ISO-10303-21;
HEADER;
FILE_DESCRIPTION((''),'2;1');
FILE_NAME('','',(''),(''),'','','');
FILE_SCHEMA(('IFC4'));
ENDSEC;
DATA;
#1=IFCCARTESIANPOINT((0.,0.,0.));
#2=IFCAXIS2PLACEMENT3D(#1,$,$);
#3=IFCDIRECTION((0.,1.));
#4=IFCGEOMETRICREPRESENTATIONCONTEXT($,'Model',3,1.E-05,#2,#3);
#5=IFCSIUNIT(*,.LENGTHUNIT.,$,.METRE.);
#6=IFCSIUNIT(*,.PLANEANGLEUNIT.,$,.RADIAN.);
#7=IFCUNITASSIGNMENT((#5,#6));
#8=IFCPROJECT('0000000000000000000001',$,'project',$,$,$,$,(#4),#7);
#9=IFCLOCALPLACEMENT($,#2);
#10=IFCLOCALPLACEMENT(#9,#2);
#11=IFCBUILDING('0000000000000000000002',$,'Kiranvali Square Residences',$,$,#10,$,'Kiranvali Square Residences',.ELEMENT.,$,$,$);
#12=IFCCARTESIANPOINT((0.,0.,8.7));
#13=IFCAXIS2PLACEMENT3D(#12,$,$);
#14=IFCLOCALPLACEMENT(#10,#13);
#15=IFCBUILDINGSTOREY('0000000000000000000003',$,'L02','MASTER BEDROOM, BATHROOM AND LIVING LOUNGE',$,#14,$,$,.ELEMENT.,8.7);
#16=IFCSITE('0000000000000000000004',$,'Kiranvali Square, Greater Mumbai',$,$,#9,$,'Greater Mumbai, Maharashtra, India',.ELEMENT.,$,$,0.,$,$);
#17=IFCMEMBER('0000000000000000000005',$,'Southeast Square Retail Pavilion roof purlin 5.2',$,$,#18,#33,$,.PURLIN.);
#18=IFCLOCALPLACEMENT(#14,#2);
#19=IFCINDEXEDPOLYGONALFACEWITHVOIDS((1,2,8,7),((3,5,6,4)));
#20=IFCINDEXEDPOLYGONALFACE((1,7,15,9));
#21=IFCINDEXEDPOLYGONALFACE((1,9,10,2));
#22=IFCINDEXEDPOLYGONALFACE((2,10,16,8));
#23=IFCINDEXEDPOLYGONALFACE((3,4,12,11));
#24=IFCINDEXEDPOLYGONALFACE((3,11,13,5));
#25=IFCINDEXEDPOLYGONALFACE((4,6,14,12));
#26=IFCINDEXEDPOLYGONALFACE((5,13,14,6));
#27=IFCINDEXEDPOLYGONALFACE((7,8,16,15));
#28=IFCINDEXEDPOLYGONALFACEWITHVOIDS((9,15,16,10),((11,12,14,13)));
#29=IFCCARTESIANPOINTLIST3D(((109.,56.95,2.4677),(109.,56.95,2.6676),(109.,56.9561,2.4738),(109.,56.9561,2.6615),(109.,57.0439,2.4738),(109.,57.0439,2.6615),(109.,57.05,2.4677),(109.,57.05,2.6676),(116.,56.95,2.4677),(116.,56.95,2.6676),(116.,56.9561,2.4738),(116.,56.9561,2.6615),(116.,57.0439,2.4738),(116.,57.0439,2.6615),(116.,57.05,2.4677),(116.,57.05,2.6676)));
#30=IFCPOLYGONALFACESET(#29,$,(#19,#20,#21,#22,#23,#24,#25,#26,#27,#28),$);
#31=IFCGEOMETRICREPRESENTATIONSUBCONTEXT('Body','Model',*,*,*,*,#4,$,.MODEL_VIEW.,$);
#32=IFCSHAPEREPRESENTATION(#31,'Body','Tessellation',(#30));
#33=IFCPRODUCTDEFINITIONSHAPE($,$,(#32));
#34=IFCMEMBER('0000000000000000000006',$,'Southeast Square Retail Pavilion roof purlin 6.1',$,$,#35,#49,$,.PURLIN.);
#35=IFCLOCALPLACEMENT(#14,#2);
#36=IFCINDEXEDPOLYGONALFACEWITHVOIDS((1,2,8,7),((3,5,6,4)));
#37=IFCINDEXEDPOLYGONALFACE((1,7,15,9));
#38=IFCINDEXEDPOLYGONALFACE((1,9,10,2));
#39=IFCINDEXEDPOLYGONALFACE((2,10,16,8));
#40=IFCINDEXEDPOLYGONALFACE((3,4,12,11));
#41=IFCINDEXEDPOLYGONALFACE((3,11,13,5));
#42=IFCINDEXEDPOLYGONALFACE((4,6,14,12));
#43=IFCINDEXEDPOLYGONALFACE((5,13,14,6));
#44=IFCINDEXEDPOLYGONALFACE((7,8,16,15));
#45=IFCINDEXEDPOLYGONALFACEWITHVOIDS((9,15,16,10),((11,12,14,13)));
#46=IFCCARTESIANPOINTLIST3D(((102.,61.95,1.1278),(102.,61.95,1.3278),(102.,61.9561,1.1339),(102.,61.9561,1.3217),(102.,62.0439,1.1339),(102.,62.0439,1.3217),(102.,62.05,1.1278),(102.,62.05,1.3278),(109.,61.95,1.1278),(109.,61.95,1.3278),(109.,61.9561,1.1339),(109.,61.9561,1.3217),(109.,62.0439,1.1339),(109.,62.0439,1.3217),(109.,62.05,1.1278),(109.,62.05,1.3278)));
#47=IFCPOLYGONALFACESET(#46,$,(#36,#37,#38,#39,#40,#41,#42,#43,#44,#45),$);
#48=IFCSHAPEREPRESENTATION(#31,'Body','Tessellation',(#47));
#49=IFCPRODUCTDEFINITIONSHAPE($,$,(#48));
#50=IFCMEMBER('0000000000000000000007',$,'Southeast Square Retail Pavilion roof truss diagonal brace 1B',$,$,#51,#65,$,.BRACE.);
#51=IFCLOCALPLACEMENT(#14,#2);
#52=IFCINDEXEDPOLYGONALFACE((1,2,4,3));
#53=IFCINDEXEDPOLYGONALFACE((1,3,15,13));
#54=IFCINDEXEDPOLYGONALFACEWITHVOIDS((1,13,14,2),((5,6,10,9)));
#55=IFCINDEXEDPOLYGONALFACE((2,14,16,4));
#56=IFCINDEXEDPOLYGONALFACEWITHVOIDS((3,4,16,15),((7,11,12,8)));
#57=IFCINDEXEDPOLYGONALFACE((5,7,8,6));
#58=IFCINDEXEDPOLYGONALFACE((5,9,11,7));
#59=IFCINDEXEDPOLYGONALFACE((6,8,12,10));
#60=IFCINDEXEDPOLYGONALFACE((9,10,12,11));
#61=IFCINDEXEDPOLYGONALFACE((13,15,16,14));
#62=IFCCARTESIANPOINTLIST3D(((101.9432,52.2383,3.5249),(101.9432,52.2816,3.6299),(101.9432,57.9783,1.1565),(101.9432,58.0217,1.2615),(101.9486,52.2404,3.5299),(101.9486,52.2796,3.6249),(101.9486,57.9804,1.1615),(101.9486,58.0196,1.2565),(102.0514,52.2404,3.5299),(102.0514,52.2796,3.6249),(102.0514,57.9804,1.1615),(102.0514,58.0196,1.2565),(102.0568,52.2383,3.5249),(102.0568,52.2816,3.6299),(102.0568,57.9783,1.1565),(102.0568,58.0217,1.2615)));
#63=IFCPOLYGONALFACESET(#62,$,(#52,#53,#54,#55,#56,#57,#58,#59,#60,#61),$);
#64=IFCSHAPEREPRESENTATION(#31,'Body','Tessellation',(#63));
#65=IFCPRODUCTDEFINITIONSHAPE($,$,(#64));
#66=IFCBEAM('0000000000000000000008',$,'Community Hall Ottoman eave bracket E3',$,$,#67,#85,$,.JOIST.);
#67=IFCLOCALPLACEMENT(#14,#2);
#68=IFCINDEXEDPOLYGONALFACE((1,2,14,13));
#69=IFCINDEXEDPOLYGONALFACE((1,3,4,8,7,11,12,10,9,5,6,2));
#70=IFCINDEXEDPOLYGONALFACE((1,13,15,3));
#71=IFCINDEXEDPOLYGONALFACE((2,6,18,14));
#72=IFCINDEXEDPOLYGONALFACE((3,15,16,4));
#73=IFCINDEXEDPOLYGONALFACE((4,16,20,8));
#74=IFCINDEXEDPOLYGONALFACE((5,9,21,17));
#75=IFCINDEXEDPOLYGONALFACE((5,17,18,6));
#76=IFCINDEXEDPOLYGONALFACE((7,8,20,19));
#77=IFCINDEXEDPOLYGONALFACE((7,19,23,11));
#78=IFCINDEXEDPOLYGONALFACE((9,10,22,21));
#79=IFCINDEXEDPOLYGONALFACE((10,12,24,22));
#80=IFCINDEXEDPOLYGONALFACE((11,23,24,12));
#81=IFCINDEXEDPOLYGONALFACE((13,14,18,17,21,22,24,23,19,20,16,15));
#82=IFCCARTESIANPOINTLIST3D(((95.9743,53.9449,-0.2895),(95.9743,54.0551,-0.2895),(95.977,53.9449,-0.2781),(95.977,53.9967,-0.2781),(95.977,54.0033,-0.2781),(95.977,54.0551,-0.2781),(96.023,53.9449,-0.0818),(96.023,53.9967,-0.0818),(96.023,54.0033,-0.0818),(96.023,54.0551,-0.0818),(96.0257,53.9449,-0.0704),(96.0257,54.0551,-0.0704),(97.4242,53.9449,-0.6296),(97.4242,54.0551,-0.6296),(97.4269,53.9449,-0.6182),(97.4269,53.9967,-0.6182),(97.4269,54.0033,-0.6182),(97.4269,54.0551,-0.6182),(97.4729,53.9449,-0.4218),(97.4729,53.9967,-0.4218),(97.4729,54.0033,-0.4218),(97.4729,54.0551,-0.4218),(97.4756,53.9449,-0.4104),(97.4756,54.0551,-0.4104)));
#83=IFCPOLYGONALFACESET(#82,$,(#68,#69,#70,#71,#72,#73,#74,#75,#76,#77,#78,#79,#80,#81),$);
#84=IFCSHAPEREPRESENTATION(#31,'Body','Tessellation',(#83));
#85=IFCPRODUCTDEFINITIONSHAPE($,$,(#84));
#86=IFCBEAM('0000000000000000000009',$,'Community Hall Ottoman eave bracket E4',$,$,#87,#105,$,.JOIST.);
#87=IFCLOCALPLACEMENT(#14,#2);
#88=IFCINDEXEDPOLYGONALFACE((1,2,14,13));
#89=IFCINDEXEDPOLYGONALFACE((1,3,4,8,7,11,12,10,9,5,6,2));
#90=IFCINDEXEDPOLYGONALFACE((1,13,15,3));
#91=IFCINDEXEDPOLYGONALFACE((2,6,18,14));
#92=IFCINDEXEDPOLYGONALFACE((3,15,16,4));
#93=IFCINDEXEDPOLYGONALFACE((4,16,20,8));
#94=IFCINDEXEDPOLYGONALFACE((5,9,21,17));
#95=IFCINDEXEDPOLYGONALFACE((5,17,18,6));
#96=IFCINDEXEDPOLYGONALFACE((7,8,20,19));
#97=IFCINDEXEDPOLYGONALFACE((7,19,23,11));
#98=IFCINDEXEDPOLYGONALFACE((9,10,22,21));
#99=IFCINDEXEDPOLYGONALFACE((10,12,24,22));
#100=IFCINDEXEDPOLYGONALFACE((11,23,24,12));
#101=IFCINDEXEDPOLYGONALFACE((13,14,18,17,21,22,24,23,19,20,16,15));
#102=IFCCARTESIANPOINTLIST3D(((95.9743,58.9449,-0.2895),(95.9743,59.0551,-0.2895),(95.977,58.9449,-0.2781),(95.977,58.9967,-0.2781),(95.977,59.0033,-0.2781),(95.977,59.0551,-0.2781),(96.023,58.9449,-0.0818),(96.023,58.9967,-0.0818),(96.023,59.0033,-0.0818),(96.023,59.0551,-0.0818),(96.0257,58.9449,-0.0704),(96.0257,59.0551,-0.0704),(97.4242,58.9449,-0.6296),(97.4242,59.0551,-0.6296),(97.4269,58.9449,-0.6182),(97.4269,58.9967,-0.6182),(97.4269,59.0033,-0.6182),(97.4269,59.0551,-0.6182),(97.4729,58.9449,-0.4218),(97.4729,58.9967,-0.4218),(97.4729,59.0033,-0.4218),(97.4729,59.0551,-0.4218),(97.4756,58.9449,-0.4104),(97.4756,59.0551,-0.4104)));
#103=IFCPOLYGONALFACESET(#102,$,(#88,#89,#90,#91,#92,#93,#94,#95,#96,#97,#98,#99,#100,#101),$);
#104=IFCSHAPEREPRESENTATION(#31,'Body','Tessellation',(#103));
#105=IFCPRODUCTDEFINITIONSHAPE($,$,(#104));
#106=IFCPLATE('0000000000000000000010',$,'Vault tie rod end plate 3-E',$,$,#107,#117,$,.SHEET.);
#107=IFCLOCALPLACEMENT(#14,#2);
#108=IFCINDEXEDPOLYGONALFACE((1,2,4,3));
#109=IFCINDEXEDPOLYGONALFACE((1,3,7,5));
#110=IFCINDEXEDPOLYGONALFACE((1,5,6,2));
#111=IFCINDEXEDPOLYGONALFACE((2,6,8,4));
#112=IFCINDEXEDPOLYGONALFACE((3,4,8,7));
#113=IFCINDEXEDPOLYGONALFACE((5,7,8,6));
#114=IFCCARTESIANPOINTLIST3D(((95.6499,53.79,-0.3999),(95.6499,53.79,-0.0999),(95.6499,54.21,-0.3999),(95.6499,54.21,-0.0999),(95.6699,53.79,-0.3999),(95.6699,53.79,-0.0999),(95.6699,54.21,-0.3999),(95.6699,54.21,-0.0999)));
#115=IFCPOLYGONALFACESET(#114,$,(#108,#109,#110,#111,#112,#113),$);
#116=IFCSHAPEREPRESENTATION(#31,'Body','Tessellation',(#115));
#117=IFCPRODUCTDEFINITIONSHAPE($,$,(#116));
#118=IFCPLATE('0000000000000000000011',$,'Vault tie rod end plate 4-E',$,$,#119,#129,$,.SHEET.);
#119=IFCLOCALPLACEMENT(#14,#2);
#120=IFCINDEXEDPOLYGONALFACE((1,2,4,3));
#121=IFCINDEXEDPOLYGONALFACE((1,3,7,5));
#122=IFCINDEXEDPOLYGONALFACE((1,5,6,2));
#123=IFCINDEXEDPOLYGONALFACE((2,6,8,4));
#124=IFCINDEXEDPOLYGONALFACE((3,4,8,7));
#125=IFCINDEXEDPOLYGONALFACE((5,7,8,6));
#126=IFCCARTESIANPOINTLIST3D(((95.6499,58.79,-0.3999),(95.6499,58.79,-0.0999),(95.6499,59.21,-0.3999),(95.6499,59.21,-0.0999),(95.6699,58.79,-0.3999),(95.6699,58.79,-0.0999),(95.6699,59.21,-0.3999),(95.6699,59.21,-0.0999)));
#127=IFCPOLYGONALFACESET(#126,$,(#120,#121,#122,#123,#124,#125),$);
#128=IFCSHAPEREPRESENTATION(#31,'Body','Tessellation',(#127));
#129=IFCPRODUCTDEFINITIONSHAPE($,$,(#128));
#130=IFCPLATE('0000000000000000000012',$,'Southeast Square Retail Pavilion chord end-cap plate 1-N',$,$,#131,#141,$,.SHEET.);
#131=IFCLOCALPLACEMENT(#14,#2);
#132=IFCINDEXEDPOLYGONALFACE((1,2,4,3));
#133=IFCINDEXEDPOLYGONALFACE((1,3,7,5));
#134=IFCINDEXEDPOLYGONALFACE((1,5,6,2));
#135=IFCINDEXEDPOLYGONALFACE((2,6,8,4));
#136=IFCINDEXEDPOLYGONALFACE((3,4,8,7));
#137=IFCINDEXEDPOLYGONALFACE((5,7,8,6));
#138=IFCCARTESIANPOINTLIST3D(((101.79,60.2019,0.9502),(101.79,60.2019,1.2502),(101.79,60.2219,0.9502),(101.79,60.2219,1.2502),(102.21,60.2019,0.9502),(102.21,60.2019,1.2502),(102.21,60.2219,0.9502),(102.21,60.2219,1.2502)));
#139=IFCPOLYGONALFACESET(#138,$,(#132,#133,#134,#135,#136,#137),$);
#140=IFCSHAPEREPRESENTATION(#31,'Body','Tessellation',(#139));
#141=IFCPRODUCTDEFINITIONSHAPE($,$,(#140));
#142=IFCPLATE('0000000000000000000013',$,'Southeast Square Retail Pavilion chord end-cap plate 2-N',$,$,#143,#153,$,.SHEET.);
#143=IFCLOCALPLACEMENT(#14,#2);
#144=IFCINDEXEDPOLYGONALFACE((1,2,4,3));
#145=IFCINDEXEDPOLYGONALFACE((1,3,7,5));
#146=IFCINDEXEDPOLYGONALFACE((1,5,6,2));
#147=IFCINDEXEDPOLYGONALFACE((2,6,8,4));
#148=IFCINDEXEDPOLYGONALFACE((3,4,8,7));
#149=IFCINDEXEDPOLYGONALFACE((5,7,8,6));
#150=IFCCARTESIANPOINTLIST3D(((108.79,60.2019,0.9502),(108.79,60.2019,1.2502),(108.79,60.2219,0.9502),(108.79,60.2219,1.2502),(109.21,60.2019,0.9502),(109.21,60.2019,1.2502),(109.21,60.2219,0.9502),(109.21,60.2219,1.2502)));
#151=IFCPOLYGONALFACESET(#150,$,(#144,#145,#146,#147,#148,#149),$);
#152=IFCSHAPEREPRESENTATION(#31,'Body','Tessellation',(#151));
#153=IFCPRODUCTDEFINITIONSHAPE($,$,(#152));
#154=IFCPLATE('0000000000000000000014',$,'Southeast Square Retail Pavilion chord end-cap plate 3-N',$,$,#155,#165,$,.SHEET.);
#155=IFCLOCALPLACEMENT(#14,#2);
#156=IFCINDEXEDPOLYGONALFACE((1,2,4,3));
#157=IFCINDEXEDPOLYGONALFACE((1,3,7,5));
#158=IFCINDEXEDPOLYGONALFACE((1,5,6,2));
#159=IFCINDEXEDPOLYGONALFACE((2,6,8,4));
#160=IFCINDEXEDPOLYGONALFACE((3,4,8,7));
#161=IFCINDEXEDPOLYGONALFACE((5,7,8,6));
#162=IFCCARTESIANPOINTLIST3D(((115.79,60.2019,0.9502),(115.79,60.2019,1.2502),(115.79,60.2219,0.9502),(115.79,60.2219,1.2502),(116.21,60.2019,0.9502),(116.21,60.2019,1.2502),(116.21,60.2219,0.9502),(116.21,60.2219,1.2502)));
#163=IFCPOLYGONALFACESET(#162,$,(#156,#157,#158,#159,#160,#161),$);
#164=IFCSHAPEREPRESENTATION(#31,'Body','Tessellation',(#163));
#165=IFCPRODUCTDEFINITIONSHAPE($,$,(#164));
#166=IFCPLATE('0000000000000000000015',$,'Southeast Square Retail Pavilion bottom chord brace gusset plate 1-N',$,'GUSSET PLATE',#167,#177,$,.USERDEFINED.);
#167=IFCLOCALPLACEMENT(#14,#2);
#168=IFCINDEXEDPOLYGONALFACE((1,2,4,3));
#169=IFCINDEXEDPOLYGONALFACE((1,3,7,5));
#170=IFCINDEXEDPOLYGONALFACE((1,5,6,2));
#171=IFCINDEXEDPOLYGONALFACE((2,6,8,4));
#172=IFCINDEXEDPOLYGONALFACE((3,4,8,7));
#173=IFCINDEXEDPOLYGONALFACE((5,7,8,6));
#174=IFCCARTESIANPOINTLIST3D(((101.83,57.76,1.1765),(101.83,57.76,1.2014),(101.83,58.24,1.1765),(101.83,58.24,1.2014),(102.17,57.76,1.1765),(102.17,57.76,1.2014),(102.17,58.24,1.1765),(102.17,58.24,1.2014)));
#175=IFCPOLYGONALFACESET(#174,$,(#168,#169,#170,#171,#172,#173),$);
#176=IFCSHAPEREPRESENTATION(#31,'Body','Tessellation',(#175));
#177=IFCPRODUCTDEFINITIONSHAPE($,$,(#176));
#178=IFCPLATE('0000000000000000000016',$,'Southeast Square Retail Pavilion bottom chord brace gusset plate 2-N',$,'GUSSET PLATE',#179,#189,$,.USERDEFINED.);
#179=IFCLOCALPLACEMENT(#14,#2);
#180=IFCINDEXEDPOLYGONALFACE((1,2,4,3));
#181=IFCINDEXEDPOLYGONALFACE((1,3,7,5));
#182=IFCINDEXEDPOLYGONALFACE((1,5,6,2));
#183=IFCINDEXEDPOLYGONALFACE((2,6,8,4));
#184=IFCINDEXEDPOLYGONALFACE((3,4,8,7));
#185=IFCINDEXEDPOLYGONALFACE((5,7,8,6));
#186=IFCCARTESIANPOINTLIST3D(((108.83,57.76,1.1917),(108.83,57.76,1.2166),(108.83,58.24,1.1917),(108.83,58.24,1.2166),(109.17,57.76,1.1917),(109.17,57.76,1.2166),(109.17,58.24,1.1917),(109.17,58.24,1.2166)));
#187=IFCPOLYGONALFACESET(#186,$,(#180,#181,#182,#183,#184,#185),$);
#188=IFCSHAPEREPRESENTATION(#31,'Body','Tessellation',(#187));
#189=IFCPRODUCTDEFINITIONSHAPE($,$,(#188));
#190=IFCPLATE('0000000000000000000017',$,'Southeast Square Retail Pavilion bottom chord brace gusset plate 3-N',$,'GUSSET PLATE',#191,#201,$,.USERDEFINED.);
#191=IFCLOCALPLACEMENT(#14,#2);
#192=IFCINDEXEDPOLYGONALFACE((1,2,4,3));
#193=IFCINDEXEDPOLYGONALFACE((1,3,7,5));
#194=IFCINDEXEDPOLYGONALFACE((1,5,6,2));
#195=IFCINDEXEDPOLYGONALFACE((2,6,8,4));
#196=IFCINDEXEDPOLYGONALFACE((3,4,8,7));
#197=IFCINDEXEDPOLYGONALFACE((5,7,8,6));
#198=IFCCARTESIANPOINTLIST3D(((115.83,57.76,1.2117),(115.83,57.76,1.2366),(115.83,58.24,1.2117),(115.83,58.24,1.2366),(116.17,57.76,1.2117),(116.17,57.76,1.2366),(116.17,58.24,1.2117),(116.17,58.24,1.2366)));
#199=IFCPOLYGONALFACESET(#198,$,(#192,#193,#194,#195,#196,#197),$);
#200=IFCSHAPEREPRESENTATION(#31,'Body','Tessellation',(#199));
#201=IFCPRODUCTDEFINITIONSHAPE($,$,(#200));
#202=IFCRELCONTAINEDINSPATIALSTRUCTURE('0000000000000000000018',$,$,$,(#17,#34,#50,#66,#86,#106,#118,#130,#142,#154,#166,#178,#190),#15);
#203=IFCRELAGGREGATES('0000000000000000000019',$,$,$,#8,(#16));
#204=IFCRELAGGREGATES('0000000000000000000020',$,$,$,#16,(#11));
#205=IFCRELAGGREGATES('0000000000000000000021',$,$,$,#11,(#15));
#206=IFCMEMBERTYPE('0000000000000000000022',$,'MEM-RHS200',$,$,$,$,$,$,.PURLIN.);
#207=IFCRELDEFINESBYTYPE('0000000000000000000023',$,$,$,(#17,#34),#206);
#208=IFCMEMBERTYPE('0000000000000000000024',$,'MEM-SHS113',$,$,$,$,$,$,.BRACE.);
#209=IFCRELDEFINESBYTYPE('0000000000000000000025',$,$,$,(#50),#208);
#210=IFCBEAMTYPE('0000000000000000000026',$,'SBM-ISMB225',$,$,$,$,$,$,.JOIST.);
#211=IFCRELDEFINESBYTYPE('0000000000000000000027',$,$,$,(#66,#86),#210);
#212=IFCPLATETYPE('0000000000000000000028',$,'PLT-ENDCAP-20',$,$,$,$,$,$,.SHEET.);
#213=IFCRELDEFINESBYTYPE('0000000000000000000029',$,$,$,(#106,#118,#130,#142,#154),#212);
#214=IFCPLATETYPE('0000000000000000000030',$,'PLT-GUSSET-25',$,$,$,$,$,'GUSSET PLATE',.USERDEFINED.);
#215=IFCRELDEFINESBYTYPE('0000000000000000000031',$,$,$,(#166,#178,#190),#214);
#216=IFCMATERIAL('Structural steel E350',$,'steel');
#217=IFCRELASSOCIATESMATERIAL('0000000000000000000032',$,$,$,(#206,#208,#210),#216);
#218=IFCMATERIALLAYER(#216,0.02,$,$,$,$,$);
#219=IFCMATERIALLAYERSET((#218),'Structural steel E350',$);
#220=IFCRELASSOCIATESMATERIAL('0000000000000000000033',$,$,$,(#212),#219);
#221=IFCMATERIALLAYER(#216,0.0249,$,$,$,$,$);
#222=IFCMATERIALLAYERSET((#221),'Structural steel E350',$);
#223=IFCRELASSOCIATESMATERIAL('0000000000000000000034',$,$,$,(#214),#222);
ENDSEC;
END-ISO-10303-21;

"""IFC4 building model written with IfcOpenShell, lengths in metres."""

from ifc_helpers import new_model, si_unit, direction, frame, origin, origin_2d, place, context, subcontext, project, spatial, rectangle, hollow_rectangle, i_section, extrude, material, layer, layer_set, material_profile, profile_set, type_object, element, save


model = new_model("IFC4")

# Units and contexts
model_context = context("Model", 3, precision=1e-05, world=origin(), true_north=direction((0.0, 1.0)))
body_context = subcontext(model_context, "Body", "Model", "MODEL_VIEW")
ifc_project = project(units=[si_unit("LENGTHUNIT", "METRE"), si_unit("PLANEANGLEUNIT", "RADIAN")], contexts=[model_context])

# Site, building, storey
site_placement = place(None, origin())
site = spatial("IfcSite", under=ifc_project, at=site_placement, Name="Kiranvali Square, Greater Mumbai", LongName="Greater Mumbai, Maharashtra, India", CompositionType="ELEMENT", RefElevation=0.0)
building_placement = place(site_placement, origin())
building = spatial("IfcBuilding", under=site, at=building_placement, Name="Kiranvali Square Residences", LongName="Kiranvali Square Residences", CompositionType="ELEMENT")
storey_placement = place(building_placement, frame((0.0, 0.0, 8.7)))
storey = spatial("IfcBuildingStorey", under=building, at=storey_placement, Name="L02", Description="MASTER BEDROOM, BATHROOM AND LIVING LOUNGE", CompositionType="ELEMENT", Elevation=8.7)

# Members
ifc_material_1 = material(Name="Structural steel E350", Category="steel")
ifc_material_profile_1 = material_profile(ifc_material_1, hollow_rectangle(XDim=0.1001, YDim=0.2, WallThickness=0.0061, at=origin_2d()), Name="RHS 200x100x6.0")
ifc_profile_set_1 = profile_set([ifc_material_profile_1], Name="Structural steel E350")
member_type_1 = type_object("IfcMemberType", Name="MEM-RHS200", PredefinedType="PURLIN", material=ifc_profile_set_1)
for number, where, z_axis, x_axis, name in (
    (1, (109.0, 57.0, 2.5676), (1.0, 0.0, 0.0), (0.0, 1.0, 0.0), "Southeast Square Retail Pavilion roof purlin 5.2"),
    (2, (102.0, 62.0, 1.2278), (1.0, 0.0, 0.0), (0.0, 1.0, 0.0), "Southeast Square Retail Pavilion roof purlin 6.1"),
):
    element("IfcMember", number, at=place(storey_placement, frame(where, z_axis=z_axis, x_axis=x_axis)), inside=storey, type_object=member_type_1, Name=name, PredefinedType="PURLIN", context=body_context, shape_type="SweptSolid", body=[
        extrude(hollow_rectangle(XDim=0.1001, YDim=0.2, WallThickness=0.0061, at=origin_2d()), origin(), (0.0, 0.0, 1.0), 7.0),
    ])
ifc_material_profile_2 = material_profile(ifc_material_1, hollow_rectangle(XDim=0.1135, YDim=0.1135, WallThickness=0.0054, at=origin_2d()), Name="SHS 113.5x113.5x5.4")
ifc_profile_set_2 = profile_set([ifc_material_profile_2], Name="Structural steel E350")
member_type_2 = type_object("IfcMemberType", Name="MEM-SHS113", PredefinedType="BRACE", material=ifc_profile_set_2)
member_1_placement = place(storey_placement, frame((102.0, 58.0, 1.209), z_axis=(0.0, -0.924401, 0.381422), x_axis=(1.0, 0.0, 0.0)))
element("IfcMember", 3, at=member_1_placement, inside=storey, type_object=member_type_2, Name="Southeast Square Retail Pavilion roof truss diagonal brace 1B", PredefinedType="BRACE", context=body_context, shape_type="SweptSolid", body=[
    extrude(hollow_rectangle(XDim=0.1135, YDim=0.1135, WallThickness=0.0054, at=origin_2d()), origin(), (0.0, 0.0, 1.0), 6.2095),
])

# Beams
ifc_material_profile_3 = material_profile(ifc_material_1, i_section(OverallWidth=0.1101, OverallDepth=0.2251, WebThickness=0.0066, FlangeThickness=0.0117, at=origin_2d()), Name="ISMB 225")
ifc_profile_set_3 = profile_set([ifc_material_profile_3], Name="Structural steel E350")
beam_type = type_object("IfcBeamType", Name="SBM-ISMB225", PredefinedType="JOIST", material=ifc_profile_set_3)
for number, where, z_axis, x_axis, name in (
    (4, (96.0, 54.0, -0.1799), (0.973578, 0.0, -0.228354), (0.0, 1.0, 0.0), "Community Hall Ottoman eave bracket E3"),
    (5, (96.0, 59.0, -0.1799), (0.973578, 0.0, -0.228354), (0.0, 1.0, 0.0), "Community Hall Ottoman eave bracket E4"),
):
    element("IfcBeam", number, at=place(storey_placement, frame(where, z_axis=z_axis, x_axis=x_axis)), inside=storey, type_object=beam_type, Name=name, PredefinedType="JOIST", context=body_context, shape_type="SweptSolid", body=[
        extrude(i_section(OverallWidth=0.1101, OverallDepth=0.2251, WebThickness=0.0066, FlangeThickness=0.0117, at=origin_2d()), origin(), (0.0, 0.0, 1.0), 1.4893),
    ])

# Plates
ifc_layer_1 = layer(ifc_material_1, 0.02)
ifc_layer_set_1 = layer_set([ifc_layer_1], Name="Structural steel E350")
plate_type_1 = type_object("IfcPlateType", Name="PLT-ENDCAP-20", PredefinedType="SHEET", material=ifc_layer_set_1)
for number, where, z_axis, x_axis, name in (
    (6, (95.6599, 54.0, -0.3999), (0.0, 0.0, 1.0), (1.0, 0.0, 0.0), "Vault tie rod end plate 3-E"),
    (7, (95.6599, 59.0, -0.3999), (0.0, 0.0, 1.0), (1.0, 0.0, 0.0), "Vault tie rod end plate 4-E"),
):
    element("IfcPlate", number, at=place(storey_placement, frame(where, z_axis=z_axis, x_axis=x_axis)), inside=storey, type_object=plate_type_1, Name=name, PredefinedType="SHEET", context=body_context, shape_type="SweptSolid", body=[
        extrude(rectangle(XDim=0.02, YDim=0.4199, at=origin_2d()), origin(), (0.0, 0.0, 1.0), 0.3),
    ])
for number, where, z_axis, x_axis, name in (
    (8, (102.0, 60.2119, 0.9502), (0.0, 0.0, 1.0), (1.0, 0.0, 0.0), "Southeast Square Retail Pavilion chord end-cap plate 1-N"),
    (9, (109.0, 60.2119, 0.9502), (0.0, 0.0, 1.0), (1.0, 0.0, 0.0), "Southeast Square Retail Pavilion chord end-cap plate 2-N"),
    (10, (116.0, 60.2119, 0.9502), (0.0, 0.0, 1.0), (1.0, 0.0, 0.0), "Southeast Square Retail Pavilion chord end-cap plate 3-N"),
):
    element("IfcPlate", number, at=place(storey_placement, frame(where, z_axis=z_axis, x_axis=x_axis)), inside=storey, type_object=plate_type_1, Name=name, PredefinedType="SHEET", context=body_context, shape_type="SweptSolid", body=[
        extrude(rectangle(XDim=0.4199, YDim=0.02, at=origin_2d()), origin(), (0.0, 0.0, 1.0), 0.3),
    ])
ifc_layer_2 = layer(ifc_material_1, 0.0249)
ifc_layer_set_2 = layer_set([ifc_layer_2], Name="Structural steel E350")
plate_type_2 = type_object("IfcPlateType", Name="PLT-GUSSET-25", ElementType="GUSSET PLATE", PredefinedType="USERDEFINED", material=ifc_layer_set_2)
for number, where, z_axis, x_axis, name in (
    (11, (102.0, 58.0, 1.1765), (0.0, 0.0, 1.0), (1.0, 0.0, 0.0), "Southeast Square Retail Pavilion bottom chord brace gusset plate 1-N"),
    (12, (109.0, 58.0, 1.1917), (0.0, 0.0, 1.0), (1.0, 0.0, 0.0), "Southeast Square Retail Pavilion bottom chord brace gusset plate 2-N"),
    (13, (116.0, 58.0, 1.2117), (0.0, 0.0, 1.0), (1.0, 0.0, 0.0), "Southeast Square Retail Pavilion bottom chord brace gusset plate 3-N"),
):
    element("IfcPlate", number, at=place(storey_placement, frame(where, z_axis=z_axis, x_axis=x_axis)), inside=storey, type_object=plate_type_2, Name=name, ObjectType="GUSSET PLATE", PredefinedType="USERDEFINED", context=body_context, shape_type="SweptSolid", body=[
        extrude(rectangle(XDim=0.3401, YDim=0.48, at=origin_2d()), origin(), (0.0, 0.0, 1.0), 0.0249),
    ])

save(model, "model.ifc")
